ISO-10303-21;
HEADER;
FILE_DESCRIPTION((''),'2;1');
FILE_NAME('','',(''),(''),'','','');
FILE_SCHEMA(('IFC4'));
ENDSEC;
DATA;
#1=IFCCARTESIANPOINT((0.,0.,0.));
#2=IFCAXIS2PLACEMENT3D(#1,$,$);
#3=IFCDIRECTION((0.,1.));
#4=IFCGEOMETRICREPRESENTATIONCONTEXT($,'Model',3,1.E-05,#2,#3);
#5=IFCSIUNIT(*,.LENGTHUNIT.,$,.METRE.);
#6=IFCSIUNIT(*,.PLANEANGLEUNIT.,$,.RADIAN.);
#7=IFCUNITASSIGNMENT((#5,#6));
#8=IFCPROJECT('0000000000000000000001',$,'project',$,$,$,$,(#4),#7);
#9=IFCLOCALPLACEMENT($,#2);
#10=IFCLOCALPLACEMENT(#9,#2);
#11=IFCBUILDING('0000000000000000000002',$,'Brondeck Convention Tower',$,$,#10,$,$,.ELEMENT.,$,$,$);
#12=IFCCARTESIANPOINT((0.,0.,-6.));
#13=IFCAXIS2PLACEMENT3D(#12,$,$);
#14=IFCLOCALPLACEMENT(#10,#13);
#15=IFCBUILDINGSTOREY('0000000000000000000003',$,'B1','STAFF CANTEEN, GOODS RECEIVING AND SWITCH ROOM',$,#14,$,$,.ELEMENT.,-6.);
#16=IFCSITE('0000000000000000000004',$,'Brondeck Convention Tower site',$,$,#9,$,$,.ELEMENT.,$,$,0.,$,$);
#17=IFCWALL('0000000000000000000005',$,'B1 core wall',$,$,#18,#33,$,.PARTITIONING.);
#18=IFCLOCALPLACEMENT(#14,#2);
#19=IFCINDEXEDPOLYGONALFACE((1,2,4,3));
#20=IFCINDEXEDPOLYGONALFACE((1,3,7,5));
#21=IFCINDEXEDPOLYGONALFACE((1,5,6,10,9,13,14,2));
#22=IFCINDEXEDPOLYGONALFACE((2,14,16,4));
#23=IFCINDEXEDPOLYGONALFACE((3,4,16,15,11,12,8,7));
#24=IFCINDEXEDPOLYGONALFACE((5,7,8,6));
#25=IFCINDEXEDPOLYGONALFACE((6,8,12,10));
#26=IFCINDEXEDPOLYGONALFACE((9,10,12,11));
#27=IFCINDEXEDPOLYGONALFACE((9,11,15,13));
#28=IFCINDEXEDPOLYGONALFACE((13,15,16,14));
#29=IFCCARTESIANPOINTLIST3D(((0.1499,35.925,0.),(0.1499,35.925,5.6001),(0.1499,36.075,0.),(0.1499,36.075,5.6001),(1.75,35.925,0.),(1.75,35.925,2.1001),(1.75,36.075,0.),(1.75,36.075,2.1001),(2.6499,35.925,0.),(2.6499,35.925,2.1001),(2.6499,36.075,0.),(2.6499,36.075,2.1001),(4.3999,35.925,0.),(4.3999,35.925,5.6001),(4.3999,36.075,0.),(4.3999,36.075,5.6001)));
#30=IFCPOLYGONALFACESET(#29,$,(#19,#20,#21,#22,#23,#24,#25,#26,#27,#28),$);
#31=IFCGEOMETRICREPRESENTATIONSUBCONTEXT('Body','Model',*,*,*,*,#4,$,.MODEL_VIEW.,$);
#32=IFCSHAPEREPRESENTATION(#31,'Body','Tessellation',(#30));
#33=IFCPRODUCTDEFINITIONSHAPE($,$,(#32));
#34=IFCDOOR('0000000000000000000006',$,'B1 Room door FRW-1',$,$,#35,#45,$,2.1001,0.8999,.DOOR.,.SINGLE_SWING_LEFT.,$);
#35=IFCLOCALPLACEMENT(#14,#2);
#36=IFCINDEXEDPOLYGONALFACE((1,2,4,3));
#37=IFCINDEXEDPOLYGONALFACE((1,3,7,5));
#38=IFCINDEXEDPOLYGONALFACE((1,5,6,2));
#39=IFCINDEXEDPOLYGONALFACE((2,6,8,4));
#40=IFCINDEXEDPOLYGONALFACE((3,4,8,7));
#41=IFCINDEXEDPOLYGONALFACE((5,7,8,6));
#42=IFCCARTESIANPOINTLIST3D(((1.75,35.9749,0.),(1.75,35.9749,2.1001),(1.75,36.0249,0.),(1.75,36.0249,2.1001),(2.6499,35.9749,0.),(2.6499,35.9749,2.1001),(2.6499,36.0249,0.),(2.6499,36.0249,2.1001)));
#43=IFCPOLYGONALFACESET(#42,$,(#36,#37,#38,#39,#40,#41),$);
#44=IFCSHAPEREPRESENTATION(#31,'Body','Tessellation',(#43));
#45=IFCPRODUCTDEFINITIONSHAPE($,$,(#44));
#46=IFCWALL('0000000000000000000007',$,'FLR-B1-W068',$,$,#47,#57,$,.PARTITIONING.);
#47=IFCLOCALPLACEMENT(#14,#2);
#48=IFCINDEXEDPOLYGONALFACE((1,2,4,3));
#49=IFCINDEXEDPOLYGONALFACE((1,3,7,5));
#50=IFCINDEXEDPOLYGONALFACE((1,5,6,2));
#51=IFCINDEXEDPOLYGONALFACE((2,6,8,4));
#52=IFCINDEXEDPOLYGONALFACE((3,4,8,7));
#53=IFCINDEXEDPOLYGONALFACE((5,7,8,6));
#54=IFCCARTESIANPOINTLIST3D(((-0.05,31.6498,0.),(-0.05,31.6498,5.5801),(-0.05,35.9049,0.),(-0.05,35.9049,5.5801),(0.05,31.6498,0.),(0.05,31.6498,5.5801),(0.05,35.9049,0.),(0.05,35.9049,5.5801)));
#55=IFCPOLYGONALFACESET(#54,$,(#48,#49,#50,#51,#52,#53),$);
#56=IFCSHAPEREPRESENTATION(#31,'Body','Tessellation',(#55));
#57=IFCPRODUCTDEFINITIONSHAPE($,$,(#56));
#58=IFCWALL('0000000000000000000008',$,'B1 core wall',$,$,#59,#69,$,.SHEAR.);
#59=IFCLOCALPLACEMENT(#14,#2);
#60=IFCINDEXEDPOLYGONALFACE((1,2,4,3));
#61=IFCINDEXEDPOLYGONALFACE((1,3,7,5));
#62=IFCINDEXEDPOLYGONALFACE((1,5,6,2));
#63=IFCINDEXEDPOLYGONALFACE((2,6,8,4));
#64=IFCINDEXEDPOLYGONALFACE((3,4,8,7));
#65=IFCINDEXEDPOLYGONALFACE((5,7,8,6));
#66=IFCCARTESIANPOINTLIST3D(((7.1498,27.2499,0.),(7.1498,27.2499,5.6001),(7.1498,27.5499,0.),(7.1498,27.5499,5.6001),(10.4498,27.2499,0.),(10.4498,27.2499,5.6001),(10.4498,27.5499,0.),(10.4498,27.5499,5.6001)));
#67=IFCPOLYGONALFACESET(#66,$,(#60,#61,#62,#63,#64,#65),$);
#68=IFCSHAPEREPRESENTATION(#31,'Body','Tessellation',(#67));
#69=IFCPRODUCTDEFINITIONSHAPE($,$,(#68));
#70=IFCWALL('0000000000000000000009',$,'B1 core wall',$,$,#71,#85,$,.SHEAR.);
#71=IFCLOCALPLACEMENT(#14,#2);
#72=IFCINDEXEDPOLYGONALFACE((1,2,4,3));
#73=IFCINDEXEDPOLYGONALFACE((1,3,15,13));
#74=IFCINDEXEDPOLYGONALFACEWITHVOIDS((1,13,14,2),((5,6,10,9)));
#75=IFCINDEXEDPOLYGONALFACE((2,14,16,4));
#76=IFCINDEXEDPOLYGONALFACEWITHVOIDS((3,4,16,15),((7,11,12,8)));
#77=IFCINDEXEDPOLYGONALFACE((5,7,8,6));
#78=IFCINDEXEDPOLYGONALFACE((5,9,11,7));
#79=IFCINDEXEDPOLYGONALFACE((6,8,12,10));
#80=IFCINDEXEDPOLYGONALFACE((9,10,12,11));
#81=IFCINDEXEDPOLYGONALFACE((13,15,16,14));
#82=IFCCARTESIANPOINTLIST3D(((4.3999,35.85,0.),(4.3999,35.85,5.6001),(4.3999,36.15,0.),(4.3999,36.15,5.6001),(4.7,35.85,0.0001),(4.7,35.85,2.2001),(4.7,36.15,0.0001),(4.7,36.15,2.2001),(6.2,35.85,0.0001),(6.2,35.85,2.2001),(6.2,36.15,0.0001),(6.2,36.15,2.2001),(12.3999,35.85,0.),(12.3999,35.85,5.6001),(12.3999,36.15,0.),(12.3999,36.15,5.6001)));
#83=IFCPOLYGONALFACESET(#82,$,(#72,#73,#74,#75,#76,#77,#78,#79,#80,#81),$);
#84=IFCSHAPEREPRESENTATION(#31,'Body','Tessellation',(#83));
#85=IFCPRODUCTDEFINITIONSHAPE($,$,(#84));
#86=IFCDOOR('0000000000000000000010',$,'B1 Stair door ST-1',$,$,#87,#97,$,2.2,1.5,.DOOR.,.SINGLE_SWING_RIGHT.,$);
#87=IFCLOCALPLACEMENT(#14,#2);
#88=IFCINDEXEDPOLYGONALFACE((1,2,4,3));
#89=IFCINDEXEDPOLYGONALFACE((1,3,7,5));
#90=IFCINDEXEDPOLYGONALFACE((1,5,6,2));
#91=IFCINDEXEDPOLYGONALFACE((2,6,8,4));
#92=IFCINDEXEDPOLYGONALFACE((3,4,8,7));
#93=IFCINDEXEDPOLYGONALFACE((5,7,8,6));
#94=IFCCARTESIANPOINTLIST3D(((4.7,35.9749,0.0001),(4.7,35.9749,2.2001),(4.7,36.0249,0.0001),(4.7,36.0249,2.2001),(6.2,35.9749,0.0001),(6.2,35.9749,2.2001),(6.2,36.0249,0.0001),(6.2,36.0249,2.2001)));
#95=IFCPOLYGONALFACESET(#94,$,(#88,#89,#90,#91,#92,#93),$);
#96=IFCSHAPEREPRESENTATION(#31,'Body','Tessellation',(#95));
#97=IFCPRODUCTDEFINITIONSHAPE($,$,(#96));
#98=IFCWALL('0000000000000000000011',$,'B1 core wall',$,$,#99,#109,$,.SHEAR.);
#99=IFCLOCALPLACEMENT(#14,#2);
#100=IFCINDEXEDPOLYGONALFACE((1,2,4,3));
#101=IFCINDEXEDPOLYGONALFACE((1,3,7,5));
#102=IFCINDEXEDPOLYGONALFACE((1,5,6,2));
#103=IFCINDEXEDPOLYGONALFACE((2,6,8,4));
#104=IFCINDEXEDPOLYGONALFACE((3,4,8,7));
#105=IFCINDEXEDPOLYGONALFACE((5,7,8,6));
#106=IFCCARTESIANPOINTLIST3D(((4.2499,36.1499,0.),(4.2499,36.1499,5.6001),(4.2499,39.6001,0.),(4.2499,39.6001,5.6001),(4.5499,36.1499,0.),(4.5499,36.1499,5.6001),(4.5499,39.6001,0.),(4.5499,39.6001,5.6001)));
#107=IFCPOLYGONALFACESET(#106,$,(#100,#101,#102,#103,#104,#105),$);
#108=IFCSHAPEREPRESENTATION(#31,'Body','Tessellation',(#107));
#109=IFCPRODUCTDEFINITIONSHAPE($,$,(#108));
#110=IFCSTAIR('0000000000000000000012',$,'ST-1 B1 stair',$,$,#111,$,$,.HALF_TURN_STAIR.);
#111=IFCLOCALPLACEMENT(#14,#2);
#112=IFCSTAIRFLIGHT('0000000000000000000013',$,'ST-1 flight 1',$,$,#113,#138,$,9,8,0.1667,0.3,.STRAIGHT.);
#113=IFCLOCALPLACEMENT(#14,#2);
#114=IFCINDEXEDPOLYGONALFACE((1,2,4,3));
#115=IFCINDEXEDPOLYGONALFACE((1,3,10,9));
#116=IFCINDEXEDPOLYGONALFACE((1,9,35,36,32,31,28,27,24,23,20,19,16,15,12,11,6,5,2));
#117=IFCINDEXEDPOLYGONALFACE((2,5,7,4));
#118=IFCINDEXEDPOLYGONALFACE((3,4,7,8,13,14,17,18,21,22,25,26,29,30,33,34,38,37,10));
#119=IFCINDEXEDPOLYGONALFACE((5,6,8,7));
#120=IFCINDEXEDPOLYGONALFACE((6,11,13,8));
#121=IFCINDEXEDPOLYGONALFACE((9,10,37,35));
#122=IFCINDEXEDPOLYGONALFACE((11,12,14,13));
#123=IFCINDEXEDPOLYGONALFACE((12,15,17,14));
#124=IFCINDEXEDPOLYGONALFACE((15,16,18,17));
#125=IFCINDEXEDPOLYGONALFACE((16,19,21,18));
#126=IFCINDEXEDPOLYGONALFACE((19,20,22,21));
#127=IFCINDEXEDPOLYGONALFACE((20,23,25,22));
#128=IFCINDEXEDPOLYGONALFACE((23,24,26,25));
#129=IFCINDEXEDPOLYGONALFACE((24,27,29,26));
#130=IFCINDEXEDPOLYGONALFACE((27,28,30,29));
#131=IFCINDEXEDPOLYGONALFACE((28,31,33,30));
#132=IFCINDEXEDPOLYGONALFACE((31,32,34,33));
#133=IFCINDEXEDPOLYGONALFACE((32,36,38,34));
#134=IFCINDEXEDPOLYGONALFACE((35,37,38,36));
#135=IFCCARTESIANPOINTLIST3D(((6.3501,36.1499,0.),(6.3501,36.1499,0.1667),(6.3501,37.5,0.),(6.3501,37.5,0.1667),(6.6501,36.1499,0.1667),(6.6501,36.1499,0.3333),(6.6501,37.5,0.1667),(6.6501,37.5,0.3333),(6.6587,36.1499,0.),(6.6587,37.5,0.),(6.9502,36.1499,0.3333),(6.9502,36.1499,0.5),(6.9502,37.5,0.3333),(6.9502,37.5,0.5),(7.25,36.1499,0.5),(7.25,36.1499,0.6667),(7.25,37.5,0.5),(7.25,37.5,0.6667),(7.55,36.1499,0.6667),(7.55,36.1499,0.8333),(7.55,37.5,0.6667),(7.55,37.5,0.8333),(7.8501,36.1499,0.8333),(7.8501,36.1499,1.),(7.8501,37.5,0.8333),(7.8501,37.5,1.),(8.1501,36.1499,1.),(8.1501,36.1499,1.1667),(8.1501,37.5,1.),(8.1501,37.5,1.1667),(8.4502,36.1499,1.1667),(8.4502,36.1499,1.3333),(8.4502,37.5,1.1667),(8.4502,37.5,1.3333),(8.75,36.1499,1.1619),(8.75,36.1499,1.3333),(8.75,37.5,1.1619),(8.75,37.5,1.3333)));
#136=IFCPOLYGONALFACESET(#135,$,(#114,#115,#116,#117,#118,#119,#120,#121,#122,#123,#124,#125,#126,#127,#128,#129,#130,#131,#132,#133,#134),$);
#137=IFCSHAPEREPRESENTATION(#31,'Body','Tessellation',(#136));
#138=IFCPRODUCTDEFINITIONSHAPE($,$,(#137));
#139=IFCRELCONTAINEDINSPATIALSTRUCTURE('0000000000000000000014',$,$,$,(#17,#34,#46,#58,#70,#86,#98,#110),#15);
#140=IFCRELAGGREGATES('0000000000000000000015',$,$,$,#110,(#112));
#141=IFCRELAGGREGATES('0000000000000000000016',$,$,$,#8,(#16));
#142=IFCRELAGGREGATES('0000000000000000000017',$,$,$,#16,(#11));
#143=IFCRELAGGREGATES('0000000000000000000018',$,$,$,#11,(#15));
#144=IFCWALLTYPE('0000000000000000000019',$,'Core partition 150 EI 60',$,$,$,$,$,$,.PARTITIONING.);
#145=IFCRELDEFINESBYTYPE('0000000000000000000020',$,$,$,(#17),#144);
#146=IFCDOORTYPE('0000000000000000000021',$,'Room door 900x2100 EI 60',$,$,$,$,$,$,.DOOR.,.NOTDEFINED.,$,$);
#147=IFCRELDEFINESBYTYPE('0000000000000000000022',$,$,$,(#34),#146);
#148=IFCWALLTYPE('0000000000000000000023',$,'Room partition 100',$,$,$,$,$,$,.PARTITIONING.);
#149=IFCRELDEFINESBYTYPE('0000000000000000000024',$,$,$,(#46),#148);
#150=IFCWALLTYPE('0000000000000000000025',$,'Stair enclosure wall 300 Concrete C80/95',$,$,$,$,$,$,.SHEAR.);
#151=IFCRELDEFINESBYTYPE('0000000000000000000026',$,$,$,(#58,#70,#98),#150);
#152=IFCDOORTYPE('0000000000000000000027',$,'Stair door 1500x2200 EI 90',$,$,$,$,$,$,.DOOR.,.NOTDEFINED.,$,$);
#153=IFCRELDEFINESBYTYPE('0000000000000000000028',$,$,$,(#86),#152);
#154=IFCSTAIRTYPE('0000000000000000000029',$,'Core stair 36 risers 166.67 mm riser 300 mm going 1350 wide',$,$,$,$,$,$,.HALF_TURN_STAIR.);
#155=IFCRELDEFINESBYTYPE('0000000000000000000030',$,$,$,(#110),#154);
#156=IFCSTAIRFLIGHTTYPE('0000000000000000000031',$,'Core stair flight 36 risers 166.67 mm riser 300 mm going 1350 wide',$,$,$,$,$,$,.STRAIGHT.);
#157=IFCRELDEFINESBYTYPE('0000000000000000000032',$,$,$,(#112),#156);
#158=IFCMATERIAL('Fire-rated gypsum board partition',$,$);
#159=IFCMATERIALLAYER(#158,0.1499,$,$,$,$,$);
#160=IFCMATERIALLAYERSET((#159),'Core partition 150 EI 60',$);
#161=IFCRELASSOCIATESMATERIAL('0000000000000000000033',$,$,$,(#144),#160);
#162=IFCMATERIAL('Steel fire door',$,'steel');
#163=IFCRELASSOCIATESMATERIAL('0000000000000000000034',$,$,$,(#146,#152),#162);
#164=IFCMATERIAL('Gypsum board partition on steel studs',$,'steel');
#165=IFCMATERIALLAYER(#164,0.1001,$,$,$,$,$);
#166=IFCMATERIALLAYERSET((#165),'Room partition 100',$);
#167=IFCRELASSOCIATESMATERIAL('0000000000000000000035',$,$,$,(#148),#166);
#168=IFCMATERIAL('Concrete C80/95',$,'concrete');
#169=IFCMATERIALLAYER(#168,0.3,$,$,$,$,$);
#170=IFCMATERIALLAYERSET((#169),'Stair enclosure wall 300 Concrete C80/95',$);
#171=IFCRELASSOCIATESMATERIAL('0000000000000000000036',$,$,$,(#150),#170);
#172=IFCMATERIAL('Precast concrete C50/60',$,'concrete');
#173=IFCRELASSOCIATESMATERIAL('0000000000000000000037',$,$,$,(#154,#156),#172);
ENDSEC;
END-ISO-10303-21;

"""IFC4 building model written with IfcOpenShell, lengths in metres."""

from ifc_helpers import new_model, si_unit, direction, frame, frame_2d, origin, place, context, subcontext, project, spatial, polyline, rectangle, outline, extrude, material, layer, layer_set, type_object, element, fill, aggregate, save


model = new_model("IFC4")

# Units and contexts
model_context = context("Model", 3, precision=1e-05, world=origin(), true_north=direction((0.0, 1.0)))
body_context = subcontext(model_context, "Body", "Model", "MODEL_VIEW")
ifc_project = project(units=[si_unit("LENGTHUNIT", "METRE"), si_unit("PLANEANGLEUNIT", "RADIAN")], contexts=[model_context])

# Site, building, storey
site_placement = place(None, origin())
site = spatial("IfcSite", under=ifc_project, at=site_placement, Name="Brondeck Convention Tower site", CompositionType="ELEMENT", RefElevation=0.0)
building_placement = place(site_placement, origin())
building = spatial("IfcBuilding", under=site, at=building_placement, Name="Brondeck Convention Tower", CompositionType="ELEMENT")
storey_placement = place(building_placement, frame((0.0, 0.0, -6.0)))
storey = spatial("IfcBuildingStorey", under=building, at=storey_placement, Name="B1", Description="STAFF CANTEEN, GOODS RECEIVING AND SWITCH ROOM", CompositionType="ELEMENT", Elevation=-6.0)

# Shared definitions
ifc_material_1 = material(Name="Concrete C80/95", Category="concrete")

# Wall, opening, door
ifc_material_2 = material(Name="Fire-rated gypsum board partition")
ifc_layer_1 = layer(ifc_material_2, 0.1499)
ifc_layer_set_1 = layer_set([ifc_layer_1], Name="Core partition 150 EI 60")
wall_type_1 = type_object("IfcWallType", Name="Core partition 150 EI 60", PredefinedType="PARTITIONING", material=ifc_layer_set_1)
wall_1_placement = place(storey_placement, frame((0.1499, 36.0, 0.0), z_axis=(0.0, 0.0, 1.0), x_axis=(1.0, 0.0, 0.0)))
wall_1 = element("IfcWall", 1, at=wall_1_placement, inside=storey, type_object=wall_type_1, Name="B1 core wall", PredefinedType="PARTITIONING", context=body_context, shape_type="SweptSolid", body=[
    extrude(rectangle(XDim=4.25, YDim=0.1499, at=frame_2d((2.125, 0.0))), origin(), (0.0, 0.0, 1.0), 5.6001),
])
opening_1_placement = place(wall_1_placement, frame((1.6001, 0.0, 0.0)))
opening_1 = element("IfcOpeningElement", 2, at=opening_1_placement, cuts=wall_1, PredefinedType="OPENING", context=body_context, shape_type="SweptSolid", body=[
    extrude(rectangle(XDim=0.8999, YDim=2.1001, at=frame_2d((0.45, 1.05))), frame((0.0, 0.085, 0.0), z_axis=(0.0, -1.0, 0.0), x_axis=(1.0, 0.0, 0.0)), (0.0, 0.0, 1.0), 0.1699),
])
ifc_material_3 = material(Name="Steel fire door", Category="steel")
door_type_1 = type_object("IfcDoorType", Name="Room door 900x2100 EI 60", OperationType="NOTDEFINED", PredefinedType="DOOR", material=ifc_material_3)
door_1_placement = place(opening_1_placement, origin())
door_1 = element("IfcDoor", 3, at=door_1_placement, inside=storey, type_object=door_type_1, Name="B1 Room door FRW-1", OperationType="SINGLE_SWING_LEFT", OverallHeight=2.1001, OverallWidth=0.8999, PredefinedType="DOOR", context=body_context, shape_type="SweptSolid", body=[
    extrude(rectangle(XDim=0.8999, YDim=2.1001, at=frame_2d((0.45, 1.05))), frame((0.0, 0.0249, 0.0), z_axis=(0.0, -1.0, 0.0), x_axis=(1.0, 0.0, 0.0)), (0.0, 0.0, 1.0), 0.05),
])
fill(opening_1, door_1)

# Walls
ifc_material_4 = material(Name="Gypsum board partition on steel studs", Category="steel")
ifc_layer_2 = layer(ifc_material_4, 0.1001)
ifc_layer_set_2 = layer_set([ifc_layer_2], Name="Room partition 100")
wall_type_2 = type_object("IfcWallType", Name="Room partition 100", PredefinedType="PARTITIONING", material=ifc_layer_set_2)
wall_2_placement = place(storey_placement, frame((0.0, 31.6499, 0.0), z_axis=(0.0, 0.0, 1.0), x_axis=(0.0, 1.0, 0.0)))
element("IfcWall", 4, at=wall_2_placement, inside=storey, type_object=wall_type_2, Name="FLR-B1-W068", PredefinedType="PARTITIONING", context=body_context, shape_type="SweptSolid", body=[
    extrude(rectangle(XDim=4.2551, YDim=0.1001, at=frame_2d((2.1274, 0.0))), origin(), (0.0, 0.0, 1.0), 5.5801),
])
ifc_layer_3 = layer(ifc_material_1, 0.3)
ifc_layer_set_3 = layer_set([ifc_layer_3], Name="Stair enclosure wall 300 Concrete C80/95")
wall_type_3 = type_object("IfcWallType", Name="Stair enclosure wall 300 Concrete C80/95", PredefinedType="SHEAR", material=ifc_layer_set_3)
wall_3_placement = place(storey_placement, frame((7.1499, 27.3999, 0.0), z_axis=(0.0, 0.0, 1.0), x_axis=(1.0, 0.0, 0.0)))
element("IfcWall", 5, at=wall_3_placement, inside=storey, type_object=wall_type_3, Name="B1 core wall", PredefinedType="SHEAR", context=body_context, shape_type="SweptSolid", body=[
    extrude(rectangle(XDim=3.3, YDim=0.3, at=frame_2d((1.6499, 0.0))), origin(), (0.0, 0.0, 1.0), 5.6001),
])

# Wall, opening, door
wall_4_placement = place(storey_placement, frame((4.3999, 36.0, 0.0), z_axis=(0.0, 0.0, 1.0), x_axis=(1.0, 0.0, 0.0)))
wall_4 = element("IfcWall", 6, at=wall_4_placement, inside=storey, type_object=wall_type_3, Name="B1 core wall", PredefinedType="SHEAR", context=body_context, shape_type="SweptSolid", body=[
    extrude(rectangle(XDim=8.0, YDim=0.3, at=frame_2d((4.0, 0.0))), origin(), (0.0, 0.0, 1.0), 5.6001),
])
opening_2_placement = place(wall_4_placement, frame((0.3, 0.0, 0.0)))
opening_2 = element("IfcOpeningElement", 7, at=opening_2_placement, cuts=wall_4, PredefinedType="OPENING", context=body_context, shape_type="SweptSolid", body=[
    extrude(rectangle(XDim=1.5, YDim=2.2, at=frame_2d((0.75, 1.1001))), frame((0.0, 0.1599, 0.0), z_axis=(0.0, -1.0, 0.0), x_axis=(1.0, 0.0, 0.0)), (0.0, 0.0, 1.0), 0.3201),
])
door_type_2 = type_object("IfcDoorType", Name="Stair door 1500x2200 EI 90", OperationType="NOTDEFINED", PredefinedType="DOOR", material=ifc_material_3)
door_2_placement = place(opening_2_placement, origin())
door_2 = element("IfcDoor", 8, at=door_2_placement, inside=storey, type_object=door_type_2, Name="B1 Stair door ST-1", OperationType="SINGLE_SWING_RIGHT", OverallHeight=2.2, OverallWidth=1.5, PredefinedType="DOOR", context=body_context, shape_type="SweptSolid", body=[
    extrude(rectangle(XDim=1.5, YDim=2.2, at=frame_2d((0.75, 1.1001))), frame((0.0, 0.0249, 0.0), z_axis=(0.0, -1.0, 0.0), x_axis=(1.0, 0.0, 0.0)), (0.0, 0.0, 1.0), 0.05),
])
fill(opening_2, door_2)

# Wall
wall_5_placement = place(storey_placement, frame((4.3999, 36.1499, 0.0), z_axis=(0.0, 0.0, 1.0), x_axis=(0.0, 1.0, 0.0)))
element("IfcWall", 9, at=wall_5_placement, inside=storey, type_object=wall_type_3, Name="B1 core wall", PredefinedType="SHEAR", context=body_context, shape_type="SweptSolid", body=[
    extrude(rectangle(XDim=3.4502, YDim=0.3, at=frame_2d((1.7251, 0.0))), origin(), (0.0, 0.0, 1.0), 5.6001),
])

# Stair, stair flight
ifc_material_5 = material(Name="Precast concrete C50/60", Category="concrete")
stair_type = type_object("IfcStairType", Name="Core stair 36 risers 166.67 mm riser 300 mm going 1350 wide", PredefinedType="HALF_TURN_STAIR", material=ifc_material_5)
stair_placement = place(storey_placement, origin())
stair = element("IfcStair", 10, at=stair_placement, inside=storey, type_object=stair_type, Name="ST-1 B1 stair", PredefinedType="HALF_TURN_STAIR")
stair_flight_type = type_object("IfcStairFlightType", Name="Core stair flight 36 risers 166.67 mm riser 300 mm going 1350 wide", PredefinedType="STRAIGHT", material=ifc_material_5)
stair_flight_placement = place(storey_placement, frame((6.3501, 36.825, 0.0), z_axis=(0.0, 0.0, 1.0), x_axis=(1.0, 0.0, 0.0)))
stair_flight = element("IfcStairFlight", 11, at=stair_flight_placement, type_object=stair_flight_type, Name="ST-1 flight 1", NumberOfRisers=9, NumberOfTreads=8, PredefinedType="STRAIGHT", RiserHeight=0.1667, TreadLength=0.3, context=body_context, shape_type="SweptSolid", body=[
    extrude(outline(polyline([(0.0, 0.0), (0.0, 0.1667), (0.3, 0.1667), (0.3, 0.3333), (0.6001, 0.3333), (0.6001, 0.5), (0.8999, 0.5), (0.8999, 0.6667), (1.2, 0.6667), (1.2, 0.8333), (1.5, 0.8333), (1.5, 1.0), (1.8, 1.0), (1.8, 1.1667), (2.1001, 1.1667), (2.1001, 1.3333), (2.3999, 1.3333), (2.3999, 1.5), (2.3999, 1.1619), (0.3086, 0.0), (0.0, 0.0)])), frame((0.0, 0.675, 0.0), z_axis=(0.0, -1.0, 0.0), x_axis=(1.0, 0.0, 0.0)), (0.0, 0.0, 1.0), 1.3501),
])
aggregate(stair, [stair_flight])

save(model, "model.ifc")
